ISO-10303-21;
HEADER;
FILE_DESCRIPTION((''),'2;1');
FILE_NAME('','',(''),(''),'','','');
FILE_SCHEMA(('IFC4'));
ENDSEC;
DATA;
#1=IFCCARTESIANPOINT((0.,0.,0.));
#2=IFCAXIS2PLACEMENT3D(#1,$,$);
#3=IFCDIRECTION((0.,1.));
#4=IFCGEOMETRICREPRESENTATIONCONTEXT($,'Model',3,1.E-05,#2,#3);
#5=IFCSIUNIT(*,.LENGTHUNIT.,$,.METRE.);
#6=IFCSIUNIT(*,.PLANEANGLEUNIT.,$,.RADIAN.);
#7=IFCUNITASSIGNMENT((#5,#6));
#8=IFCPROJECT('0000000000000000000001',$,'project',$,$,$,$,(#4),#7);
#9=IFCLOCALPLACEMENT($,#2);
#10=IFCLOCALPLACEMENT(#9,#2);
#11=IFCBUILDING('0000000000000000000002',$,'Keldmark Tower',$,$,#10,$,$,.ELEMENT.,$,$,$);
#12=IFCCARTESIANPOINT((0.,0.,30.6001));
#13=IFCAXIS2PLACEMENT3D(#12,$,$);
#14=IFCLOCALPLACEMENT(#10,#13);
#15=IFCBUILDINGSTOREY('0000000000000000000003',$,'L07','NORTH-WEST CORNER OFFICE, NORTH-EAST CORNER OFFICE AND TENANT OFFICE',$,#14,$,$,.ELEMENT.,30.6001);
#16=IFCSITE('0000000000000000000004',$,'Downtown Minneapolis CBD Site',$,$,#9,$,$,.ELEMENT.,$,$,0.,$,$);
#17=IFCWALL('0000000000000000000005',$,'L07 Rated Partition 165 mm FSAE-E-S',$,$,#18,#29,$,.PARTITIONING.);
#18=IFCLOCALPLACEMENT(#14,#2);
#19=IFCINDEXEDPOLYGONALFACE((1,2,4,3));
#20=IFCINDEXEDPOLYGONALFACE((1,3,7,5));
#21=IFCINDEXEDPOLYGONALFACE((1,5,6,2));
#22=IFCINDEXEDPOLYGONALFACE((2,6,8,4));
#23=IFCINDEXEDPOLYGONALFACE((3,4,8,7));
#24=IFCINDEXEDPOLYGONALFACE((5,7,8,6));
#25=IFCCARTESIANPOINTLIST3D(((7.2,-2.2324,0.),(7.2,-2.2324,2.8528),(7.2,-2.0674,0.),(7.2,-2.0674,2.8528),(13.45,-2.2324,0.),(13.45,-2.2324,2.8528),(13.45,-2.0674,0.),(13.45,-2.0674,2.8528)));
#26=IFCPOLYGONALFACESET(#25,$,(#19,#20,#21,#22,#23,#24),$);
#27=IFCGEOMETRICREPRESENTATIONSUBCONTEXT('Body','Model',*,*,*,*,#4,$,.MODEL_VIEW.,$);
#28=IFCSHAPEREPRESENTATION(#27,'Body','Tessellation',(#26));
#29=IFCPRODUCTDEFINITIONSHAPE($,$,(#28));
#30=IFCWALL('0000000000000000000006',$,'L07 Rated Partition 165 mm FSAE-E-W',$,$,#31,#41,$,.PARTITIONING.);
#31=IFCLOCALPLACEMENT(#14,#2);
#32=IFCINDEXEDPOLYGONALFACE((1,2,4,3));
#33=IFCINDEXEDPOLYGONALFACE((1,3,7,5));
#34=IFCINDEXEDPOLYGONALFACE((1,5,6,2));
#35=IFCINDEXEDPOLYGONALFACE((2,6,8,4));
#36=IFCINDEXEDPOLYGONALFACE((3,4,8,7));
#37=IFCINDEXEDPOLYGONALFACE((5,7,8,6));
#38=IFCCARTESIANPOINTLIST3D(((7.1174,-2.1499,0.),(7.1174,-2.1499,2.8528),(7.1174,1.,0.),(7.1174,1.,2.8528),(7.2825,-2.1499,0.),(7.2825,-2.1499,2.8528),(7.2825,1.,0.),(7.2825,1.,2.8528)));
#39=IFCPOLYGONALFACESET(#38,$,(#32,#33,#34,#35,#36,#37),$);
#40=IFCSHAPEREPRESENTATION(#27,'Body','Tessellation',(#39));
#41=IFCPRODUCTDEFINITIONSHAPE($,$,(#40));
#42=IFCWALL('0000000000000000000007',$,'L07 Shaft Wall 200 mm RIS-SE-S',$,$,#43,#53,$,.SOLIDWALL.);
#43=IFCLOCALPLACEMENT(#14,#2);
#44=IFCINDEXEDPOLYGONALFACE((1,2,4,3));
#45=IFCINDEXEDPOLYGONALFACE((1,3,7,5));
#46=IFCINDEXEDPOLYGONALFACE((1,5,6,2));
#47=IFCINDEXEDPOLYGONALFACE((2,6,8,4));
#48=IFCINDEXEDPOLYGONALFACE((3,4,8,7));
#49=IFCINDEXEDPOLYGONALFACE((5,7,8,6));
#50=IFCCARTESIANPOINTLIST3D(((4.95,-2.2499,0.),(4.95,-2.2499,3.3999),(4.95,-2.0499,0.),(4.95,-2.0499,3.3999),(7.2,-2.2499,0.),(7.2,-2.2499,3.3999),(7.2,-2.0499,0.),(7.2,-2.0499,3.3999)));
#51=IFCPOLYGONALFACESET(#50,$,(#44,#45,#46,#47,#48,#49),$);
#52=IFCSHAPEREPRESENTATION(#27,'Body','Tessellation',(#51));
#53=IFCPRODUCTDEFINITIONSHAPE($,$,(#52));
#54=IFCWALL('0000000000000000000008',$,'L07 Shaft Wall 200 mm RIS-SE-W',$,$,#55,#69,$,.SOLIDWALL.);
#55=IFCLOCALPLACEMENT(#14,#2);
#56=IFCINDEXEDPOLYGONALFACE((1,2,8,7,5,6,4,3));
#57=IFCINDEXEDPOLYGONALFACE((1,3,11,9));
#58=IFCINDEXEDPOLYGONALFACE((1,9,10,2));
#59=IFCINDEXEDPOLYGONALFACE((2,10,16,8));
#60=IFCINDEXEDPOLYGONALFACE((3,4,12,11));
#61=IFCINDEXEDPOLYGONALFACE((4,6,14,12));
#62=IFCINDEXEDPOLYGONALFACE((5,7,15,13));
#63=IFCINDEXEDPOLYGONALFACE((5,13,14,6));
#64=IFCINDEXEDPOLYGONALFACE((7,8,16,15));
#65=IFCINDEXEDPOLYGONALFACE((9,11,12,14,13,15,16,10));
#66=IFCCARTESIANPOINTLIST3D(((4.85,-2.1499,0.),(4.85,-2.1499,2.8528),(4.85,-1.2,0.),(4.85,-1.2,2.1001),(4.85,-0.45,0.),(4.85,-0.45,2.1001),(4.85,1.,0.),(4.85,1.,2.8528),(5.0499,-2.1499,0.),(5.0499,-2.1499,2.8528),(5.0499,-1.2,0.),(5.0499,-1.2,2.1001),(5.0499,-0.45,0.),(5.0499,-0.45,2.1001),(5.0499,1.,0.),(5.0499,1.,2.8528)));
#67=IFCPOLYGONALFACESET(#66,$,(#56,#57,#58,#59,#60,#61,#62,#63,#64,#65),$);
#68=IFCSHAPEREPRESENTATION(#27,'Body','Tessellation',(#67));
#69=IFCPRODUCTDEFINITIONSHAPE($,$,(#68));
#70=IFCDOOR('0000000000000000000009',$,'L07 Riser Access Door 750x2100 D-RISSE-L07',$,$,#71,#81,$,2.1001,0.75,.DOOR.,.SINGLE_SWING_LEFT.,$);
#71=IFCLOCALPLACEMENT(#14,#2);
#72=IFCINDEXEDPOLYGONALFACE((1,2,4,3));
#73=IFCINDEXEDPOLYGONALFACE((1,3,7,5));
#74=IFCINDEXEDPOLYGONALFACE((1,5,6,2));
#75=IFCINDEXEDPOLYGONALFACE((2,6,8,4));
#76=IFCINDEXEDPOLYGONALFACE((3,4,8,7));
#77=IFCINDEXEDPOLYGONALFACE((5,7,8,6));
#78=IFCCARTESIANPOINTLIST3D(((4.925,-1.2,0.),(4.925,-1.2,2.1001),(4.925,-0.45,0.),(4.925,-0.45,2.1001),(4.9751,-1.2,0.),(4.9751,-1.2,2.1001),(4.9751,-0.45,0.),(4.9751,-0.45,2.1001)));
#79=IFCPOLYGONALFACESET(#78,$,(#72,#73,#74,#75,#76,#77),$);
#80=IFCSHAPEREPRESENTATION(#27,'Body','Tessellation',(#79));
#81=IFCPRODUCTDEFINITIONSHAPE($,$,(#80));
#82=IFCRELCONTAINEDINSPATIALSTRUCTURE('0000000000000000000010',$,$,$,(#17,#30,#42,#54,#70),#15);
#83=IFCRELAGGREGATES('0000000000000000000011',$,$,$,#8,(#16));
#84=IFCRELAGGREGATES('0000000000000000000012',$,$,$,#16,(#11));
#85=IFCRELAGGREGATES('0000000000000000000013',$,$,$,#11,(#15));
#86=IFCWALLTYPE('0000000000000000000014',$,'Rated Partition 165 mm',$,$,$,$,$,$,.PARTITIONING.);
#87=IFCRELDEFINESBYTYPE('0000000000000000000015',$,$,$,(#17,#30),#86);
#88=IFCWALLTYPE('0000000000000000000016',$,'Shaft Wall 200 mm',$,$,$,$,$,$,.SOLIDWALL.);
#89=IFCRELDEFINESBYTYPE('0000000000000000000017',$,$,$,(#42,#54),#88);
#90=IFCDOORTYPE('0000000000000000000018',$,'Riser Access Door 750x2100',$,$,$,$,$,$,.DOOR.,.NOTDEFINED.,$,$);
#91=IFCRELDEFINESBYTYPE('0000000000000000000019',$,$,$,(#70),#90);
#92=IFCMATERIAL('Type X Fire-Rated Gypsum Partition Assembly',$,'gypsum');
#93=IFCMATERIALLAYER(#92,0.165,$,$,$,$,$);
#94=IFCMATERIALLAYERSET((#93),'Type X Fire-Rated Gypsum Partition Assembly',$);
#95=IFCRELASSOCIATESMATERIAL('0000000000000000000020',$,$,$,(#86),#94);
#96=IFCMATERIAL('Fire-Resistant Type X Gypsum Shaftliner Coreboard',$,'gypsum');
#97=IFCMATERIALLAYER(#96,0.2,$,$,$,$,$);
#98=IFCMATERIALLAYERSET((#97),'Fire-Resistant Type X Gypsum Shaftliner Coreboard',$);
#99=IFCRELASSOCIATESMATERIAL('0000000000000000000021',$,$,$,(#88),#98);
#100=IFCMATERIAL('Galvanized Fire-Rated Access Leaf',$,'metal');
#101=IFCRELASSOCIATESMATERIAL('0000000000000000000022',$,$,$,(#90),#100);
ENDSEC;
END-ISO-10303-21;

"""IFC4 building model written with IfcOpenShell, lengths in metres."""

from ifc_helpers import new_model, si_unit, direction, frame, frame_2d, origin, place, context, subcontext, project, spatial, rectangle, extrude, material, layer, layer_set, type_object, element, fill, save


model = new_model("IFC4")

# Units and contexts
model_context = context("Model", 3, precision=1e-05, world=origin(), true_north=direction((0.0, 1.0)))
body_context = subcontext(model_context, "Body", "Model", "MODEL_VIEW")
ifc_project = project(units=[si_unit("LENGTHUNIT", "METRE"), si_unit("PLANEANGLEUNIT", "RADIAN")], contexts=[model_context])

# Site, building, storey
site_placement = place(None, origin())
site = spatial("IfcSite", under=ifc_project, at=site_placement, Name="Downtown Minneapolis CBD Site", CompositionType="ELEMENT", RefElevation=0.0)
building_placement = place(site_placement, origin())
building = spatial("IfcBuilding", under=site, at=building_placement, Name="Keldmark Tower", CompositionType="ELEMENT")
storey_placement = place(building_placement, frame((0.0, 0.0, 30.6001)))
storey = spatial("IfcBuildingStorey", under=building, at=storey_placement, Name="L07", Description="NORTH-WEST CORNER OFFICE, NORTH-EAST CORNER OFFICE AND TENANT OFFICE", CompositionType="ELEMENT", Elevation=30.6001)

# Walls
ifc_material_1 = material(Name="Type X Fire-Rated Gypsum Partition Assembly", Category="gypsum")
ifc_layer_1 = layer(ifc_material_1, 0.165)
ifc_layer_set_1 = layer_set([ifc_layer_1], Name="Type X Fire-Rated Gypsum Partition Assembly")
wall_type_1 = type_object("IfcWallType", Name="Rated Partition 165 mm", PredefinedType="PARTITIONING", material=ifc_layer_set_1)
wall_1_placement = place(storey_placement, frame((7.2, -2.1499, 0.0), z_axis=(0.0, 0.0, 1.0), x_axis=(1.0, 0.0, 0.0)))
element("IfcWall", 1, at=wall_1_placement, inside=storey, type_object=wall_type_1, Name="L07 Rated Partition 165 mm FSAE-E-S", PredefinedType="PARTITIONING", context=body_context, shape_type="SweptSolid", body=[
    extrude(rectangle(XDim=6.25, YDim=0.165, at=frame_2d((3.125, 0.0))), origin(), (0.0, 0.0, 1.0), 2.8528),
])
wall_2_placement = place(storey_placement, frame((7.2, -2.1499, 0.0), z_axis=(0.0, 0.0, 1.0), x_axis=(0.0, 1.0, 0.0)))
element("IfcWall", 2, at=wall_2_placement, inside=storey, type_object=wall_type_1, Name="L07 Rated Partition 165 mm FSAE-E-W", PredefinedType="PARTITIONING", context=body_context, shape_type="SweptSolid", body=[
    extrude(rectangle(XDim=3.1499, YDim=0.165, at=frame_2d((1.575, 0.0))), origin(), (0.0, 0.0, 1.0), 2.8528),
])
ifc_material_2 = material(Name="Fire-Resistant Type X Gypsum Shaftliner Coreboard", Category="gypsum")
ifc_layer_2 = layer(ifc_material_2, 0.2)
ifc_layer_set_2 = layer_set([ifc_layer_2], Name="Fire-Resistant Type X Gypsum Shaftliner Coreboard")
wall_type_2 = type_object("IfcWallType", Name="Shaft Wall 200 mm", PredefinedType="SOLIDWALL", material=ifc_layer_set_2)
wall_3_placement = place(storey_placement, frame((4.95, -2.1499, 0.0), z_axis=(0.0, 0.0, 1.0), x_axis=(1.0, 0.0, 0.0)))
element("IfcWall", 3, at=wall_3_placement, inside=storey, type_object=wall_type_2, Name="L07 Shaft Wall 200 mm RIS-SE-S", PredefinedType="SOLIDWALL", context=body_context, shape_type="SweptSolid", body=[
    extrude(rectangle(XDim=2.25, YDim=0.2, at=frame_2d((1.125, 0.0))), origin(), (0.0, 0.0, 1.0), 3.3999),
])

# Wall, opening, door
wall_4_placement = place(storey_placement, frame((4.95, -2.1499, 0.0), z_axis=(0.0, 0.0, 1.0), x_axis=(0.0, 1.0, 0.0)))
wall_4 = element("IfcWall", 4, at=wall_4_placement, inside=storey, type_object=wall_type_2, Name="L07 Shaft Wall 200 mm RIS-SE-W", PredefinedType="SOLIDWALL", context=body_context, shape_type="SweptSolid", body=[
    extrude(rectangle(XDim=3.1499, YDim=0.2, at=frame_2d((1.575, 0.0))), origin(), (0.0, 0.0, 1.0), 2.8528),
])
opening_placement = place(wall_4_placement, frame((0.95, 0.0, 0.0)))
opening = element("IfcOpeningElement", 5, at=opening_placement, cuts=wall_4, PredefinedType="OPENING", context=body_context, shape_type="SweptSolid", body=[
    extrude(rectangle(XDim=0.75, YDim=2.1001, at=frame_2d((0.375, 1.05))), frame((0.0, 0.1099, 0.0), z_axis=(0.0, -1.0, 0.0), x_axis=(1.0, 0.0, 0.0)), (0.0, 0.0, 1.0), 0.22),
])
ifc_material_3 = material(Name="Galvanized Fire-Rated Access Leaf", Category="metal")
door_type = type_object("IfcDoorType", Name="Riser Access Door 750x2100", OperationType="NOTDEFINED", PredefinedType="DOOR", material=ifc_material_3)
door_placement = place(opening_placement, origin())
door = element("IfcDoor", 6, at=door_placement, inside=storey, type_object=door_type, Name="L07 Riser Access Door 750x2100 D-RISSE-L07", OperationType="SINGLE_SWING_LEFT", OverallHeight=2.1001, OverallWidth=0.75, PredefinedType="DOOR", context=body_context, shape_type="SweptSolid", body=[
    extrude(rectangle(XDim=0.75, YDim=2.1001, at=frame_2d((0.375, 1.05))), frame((0.0, 0.0249, 0.0), z_axis=(0.0, -1.0, 0.0), x_axis=(1.0, 0.0, 0.0)), (0.0, 0.0, 1.0), 0.05),
])
fill(opening, door)

save(model, "model.ifc")
